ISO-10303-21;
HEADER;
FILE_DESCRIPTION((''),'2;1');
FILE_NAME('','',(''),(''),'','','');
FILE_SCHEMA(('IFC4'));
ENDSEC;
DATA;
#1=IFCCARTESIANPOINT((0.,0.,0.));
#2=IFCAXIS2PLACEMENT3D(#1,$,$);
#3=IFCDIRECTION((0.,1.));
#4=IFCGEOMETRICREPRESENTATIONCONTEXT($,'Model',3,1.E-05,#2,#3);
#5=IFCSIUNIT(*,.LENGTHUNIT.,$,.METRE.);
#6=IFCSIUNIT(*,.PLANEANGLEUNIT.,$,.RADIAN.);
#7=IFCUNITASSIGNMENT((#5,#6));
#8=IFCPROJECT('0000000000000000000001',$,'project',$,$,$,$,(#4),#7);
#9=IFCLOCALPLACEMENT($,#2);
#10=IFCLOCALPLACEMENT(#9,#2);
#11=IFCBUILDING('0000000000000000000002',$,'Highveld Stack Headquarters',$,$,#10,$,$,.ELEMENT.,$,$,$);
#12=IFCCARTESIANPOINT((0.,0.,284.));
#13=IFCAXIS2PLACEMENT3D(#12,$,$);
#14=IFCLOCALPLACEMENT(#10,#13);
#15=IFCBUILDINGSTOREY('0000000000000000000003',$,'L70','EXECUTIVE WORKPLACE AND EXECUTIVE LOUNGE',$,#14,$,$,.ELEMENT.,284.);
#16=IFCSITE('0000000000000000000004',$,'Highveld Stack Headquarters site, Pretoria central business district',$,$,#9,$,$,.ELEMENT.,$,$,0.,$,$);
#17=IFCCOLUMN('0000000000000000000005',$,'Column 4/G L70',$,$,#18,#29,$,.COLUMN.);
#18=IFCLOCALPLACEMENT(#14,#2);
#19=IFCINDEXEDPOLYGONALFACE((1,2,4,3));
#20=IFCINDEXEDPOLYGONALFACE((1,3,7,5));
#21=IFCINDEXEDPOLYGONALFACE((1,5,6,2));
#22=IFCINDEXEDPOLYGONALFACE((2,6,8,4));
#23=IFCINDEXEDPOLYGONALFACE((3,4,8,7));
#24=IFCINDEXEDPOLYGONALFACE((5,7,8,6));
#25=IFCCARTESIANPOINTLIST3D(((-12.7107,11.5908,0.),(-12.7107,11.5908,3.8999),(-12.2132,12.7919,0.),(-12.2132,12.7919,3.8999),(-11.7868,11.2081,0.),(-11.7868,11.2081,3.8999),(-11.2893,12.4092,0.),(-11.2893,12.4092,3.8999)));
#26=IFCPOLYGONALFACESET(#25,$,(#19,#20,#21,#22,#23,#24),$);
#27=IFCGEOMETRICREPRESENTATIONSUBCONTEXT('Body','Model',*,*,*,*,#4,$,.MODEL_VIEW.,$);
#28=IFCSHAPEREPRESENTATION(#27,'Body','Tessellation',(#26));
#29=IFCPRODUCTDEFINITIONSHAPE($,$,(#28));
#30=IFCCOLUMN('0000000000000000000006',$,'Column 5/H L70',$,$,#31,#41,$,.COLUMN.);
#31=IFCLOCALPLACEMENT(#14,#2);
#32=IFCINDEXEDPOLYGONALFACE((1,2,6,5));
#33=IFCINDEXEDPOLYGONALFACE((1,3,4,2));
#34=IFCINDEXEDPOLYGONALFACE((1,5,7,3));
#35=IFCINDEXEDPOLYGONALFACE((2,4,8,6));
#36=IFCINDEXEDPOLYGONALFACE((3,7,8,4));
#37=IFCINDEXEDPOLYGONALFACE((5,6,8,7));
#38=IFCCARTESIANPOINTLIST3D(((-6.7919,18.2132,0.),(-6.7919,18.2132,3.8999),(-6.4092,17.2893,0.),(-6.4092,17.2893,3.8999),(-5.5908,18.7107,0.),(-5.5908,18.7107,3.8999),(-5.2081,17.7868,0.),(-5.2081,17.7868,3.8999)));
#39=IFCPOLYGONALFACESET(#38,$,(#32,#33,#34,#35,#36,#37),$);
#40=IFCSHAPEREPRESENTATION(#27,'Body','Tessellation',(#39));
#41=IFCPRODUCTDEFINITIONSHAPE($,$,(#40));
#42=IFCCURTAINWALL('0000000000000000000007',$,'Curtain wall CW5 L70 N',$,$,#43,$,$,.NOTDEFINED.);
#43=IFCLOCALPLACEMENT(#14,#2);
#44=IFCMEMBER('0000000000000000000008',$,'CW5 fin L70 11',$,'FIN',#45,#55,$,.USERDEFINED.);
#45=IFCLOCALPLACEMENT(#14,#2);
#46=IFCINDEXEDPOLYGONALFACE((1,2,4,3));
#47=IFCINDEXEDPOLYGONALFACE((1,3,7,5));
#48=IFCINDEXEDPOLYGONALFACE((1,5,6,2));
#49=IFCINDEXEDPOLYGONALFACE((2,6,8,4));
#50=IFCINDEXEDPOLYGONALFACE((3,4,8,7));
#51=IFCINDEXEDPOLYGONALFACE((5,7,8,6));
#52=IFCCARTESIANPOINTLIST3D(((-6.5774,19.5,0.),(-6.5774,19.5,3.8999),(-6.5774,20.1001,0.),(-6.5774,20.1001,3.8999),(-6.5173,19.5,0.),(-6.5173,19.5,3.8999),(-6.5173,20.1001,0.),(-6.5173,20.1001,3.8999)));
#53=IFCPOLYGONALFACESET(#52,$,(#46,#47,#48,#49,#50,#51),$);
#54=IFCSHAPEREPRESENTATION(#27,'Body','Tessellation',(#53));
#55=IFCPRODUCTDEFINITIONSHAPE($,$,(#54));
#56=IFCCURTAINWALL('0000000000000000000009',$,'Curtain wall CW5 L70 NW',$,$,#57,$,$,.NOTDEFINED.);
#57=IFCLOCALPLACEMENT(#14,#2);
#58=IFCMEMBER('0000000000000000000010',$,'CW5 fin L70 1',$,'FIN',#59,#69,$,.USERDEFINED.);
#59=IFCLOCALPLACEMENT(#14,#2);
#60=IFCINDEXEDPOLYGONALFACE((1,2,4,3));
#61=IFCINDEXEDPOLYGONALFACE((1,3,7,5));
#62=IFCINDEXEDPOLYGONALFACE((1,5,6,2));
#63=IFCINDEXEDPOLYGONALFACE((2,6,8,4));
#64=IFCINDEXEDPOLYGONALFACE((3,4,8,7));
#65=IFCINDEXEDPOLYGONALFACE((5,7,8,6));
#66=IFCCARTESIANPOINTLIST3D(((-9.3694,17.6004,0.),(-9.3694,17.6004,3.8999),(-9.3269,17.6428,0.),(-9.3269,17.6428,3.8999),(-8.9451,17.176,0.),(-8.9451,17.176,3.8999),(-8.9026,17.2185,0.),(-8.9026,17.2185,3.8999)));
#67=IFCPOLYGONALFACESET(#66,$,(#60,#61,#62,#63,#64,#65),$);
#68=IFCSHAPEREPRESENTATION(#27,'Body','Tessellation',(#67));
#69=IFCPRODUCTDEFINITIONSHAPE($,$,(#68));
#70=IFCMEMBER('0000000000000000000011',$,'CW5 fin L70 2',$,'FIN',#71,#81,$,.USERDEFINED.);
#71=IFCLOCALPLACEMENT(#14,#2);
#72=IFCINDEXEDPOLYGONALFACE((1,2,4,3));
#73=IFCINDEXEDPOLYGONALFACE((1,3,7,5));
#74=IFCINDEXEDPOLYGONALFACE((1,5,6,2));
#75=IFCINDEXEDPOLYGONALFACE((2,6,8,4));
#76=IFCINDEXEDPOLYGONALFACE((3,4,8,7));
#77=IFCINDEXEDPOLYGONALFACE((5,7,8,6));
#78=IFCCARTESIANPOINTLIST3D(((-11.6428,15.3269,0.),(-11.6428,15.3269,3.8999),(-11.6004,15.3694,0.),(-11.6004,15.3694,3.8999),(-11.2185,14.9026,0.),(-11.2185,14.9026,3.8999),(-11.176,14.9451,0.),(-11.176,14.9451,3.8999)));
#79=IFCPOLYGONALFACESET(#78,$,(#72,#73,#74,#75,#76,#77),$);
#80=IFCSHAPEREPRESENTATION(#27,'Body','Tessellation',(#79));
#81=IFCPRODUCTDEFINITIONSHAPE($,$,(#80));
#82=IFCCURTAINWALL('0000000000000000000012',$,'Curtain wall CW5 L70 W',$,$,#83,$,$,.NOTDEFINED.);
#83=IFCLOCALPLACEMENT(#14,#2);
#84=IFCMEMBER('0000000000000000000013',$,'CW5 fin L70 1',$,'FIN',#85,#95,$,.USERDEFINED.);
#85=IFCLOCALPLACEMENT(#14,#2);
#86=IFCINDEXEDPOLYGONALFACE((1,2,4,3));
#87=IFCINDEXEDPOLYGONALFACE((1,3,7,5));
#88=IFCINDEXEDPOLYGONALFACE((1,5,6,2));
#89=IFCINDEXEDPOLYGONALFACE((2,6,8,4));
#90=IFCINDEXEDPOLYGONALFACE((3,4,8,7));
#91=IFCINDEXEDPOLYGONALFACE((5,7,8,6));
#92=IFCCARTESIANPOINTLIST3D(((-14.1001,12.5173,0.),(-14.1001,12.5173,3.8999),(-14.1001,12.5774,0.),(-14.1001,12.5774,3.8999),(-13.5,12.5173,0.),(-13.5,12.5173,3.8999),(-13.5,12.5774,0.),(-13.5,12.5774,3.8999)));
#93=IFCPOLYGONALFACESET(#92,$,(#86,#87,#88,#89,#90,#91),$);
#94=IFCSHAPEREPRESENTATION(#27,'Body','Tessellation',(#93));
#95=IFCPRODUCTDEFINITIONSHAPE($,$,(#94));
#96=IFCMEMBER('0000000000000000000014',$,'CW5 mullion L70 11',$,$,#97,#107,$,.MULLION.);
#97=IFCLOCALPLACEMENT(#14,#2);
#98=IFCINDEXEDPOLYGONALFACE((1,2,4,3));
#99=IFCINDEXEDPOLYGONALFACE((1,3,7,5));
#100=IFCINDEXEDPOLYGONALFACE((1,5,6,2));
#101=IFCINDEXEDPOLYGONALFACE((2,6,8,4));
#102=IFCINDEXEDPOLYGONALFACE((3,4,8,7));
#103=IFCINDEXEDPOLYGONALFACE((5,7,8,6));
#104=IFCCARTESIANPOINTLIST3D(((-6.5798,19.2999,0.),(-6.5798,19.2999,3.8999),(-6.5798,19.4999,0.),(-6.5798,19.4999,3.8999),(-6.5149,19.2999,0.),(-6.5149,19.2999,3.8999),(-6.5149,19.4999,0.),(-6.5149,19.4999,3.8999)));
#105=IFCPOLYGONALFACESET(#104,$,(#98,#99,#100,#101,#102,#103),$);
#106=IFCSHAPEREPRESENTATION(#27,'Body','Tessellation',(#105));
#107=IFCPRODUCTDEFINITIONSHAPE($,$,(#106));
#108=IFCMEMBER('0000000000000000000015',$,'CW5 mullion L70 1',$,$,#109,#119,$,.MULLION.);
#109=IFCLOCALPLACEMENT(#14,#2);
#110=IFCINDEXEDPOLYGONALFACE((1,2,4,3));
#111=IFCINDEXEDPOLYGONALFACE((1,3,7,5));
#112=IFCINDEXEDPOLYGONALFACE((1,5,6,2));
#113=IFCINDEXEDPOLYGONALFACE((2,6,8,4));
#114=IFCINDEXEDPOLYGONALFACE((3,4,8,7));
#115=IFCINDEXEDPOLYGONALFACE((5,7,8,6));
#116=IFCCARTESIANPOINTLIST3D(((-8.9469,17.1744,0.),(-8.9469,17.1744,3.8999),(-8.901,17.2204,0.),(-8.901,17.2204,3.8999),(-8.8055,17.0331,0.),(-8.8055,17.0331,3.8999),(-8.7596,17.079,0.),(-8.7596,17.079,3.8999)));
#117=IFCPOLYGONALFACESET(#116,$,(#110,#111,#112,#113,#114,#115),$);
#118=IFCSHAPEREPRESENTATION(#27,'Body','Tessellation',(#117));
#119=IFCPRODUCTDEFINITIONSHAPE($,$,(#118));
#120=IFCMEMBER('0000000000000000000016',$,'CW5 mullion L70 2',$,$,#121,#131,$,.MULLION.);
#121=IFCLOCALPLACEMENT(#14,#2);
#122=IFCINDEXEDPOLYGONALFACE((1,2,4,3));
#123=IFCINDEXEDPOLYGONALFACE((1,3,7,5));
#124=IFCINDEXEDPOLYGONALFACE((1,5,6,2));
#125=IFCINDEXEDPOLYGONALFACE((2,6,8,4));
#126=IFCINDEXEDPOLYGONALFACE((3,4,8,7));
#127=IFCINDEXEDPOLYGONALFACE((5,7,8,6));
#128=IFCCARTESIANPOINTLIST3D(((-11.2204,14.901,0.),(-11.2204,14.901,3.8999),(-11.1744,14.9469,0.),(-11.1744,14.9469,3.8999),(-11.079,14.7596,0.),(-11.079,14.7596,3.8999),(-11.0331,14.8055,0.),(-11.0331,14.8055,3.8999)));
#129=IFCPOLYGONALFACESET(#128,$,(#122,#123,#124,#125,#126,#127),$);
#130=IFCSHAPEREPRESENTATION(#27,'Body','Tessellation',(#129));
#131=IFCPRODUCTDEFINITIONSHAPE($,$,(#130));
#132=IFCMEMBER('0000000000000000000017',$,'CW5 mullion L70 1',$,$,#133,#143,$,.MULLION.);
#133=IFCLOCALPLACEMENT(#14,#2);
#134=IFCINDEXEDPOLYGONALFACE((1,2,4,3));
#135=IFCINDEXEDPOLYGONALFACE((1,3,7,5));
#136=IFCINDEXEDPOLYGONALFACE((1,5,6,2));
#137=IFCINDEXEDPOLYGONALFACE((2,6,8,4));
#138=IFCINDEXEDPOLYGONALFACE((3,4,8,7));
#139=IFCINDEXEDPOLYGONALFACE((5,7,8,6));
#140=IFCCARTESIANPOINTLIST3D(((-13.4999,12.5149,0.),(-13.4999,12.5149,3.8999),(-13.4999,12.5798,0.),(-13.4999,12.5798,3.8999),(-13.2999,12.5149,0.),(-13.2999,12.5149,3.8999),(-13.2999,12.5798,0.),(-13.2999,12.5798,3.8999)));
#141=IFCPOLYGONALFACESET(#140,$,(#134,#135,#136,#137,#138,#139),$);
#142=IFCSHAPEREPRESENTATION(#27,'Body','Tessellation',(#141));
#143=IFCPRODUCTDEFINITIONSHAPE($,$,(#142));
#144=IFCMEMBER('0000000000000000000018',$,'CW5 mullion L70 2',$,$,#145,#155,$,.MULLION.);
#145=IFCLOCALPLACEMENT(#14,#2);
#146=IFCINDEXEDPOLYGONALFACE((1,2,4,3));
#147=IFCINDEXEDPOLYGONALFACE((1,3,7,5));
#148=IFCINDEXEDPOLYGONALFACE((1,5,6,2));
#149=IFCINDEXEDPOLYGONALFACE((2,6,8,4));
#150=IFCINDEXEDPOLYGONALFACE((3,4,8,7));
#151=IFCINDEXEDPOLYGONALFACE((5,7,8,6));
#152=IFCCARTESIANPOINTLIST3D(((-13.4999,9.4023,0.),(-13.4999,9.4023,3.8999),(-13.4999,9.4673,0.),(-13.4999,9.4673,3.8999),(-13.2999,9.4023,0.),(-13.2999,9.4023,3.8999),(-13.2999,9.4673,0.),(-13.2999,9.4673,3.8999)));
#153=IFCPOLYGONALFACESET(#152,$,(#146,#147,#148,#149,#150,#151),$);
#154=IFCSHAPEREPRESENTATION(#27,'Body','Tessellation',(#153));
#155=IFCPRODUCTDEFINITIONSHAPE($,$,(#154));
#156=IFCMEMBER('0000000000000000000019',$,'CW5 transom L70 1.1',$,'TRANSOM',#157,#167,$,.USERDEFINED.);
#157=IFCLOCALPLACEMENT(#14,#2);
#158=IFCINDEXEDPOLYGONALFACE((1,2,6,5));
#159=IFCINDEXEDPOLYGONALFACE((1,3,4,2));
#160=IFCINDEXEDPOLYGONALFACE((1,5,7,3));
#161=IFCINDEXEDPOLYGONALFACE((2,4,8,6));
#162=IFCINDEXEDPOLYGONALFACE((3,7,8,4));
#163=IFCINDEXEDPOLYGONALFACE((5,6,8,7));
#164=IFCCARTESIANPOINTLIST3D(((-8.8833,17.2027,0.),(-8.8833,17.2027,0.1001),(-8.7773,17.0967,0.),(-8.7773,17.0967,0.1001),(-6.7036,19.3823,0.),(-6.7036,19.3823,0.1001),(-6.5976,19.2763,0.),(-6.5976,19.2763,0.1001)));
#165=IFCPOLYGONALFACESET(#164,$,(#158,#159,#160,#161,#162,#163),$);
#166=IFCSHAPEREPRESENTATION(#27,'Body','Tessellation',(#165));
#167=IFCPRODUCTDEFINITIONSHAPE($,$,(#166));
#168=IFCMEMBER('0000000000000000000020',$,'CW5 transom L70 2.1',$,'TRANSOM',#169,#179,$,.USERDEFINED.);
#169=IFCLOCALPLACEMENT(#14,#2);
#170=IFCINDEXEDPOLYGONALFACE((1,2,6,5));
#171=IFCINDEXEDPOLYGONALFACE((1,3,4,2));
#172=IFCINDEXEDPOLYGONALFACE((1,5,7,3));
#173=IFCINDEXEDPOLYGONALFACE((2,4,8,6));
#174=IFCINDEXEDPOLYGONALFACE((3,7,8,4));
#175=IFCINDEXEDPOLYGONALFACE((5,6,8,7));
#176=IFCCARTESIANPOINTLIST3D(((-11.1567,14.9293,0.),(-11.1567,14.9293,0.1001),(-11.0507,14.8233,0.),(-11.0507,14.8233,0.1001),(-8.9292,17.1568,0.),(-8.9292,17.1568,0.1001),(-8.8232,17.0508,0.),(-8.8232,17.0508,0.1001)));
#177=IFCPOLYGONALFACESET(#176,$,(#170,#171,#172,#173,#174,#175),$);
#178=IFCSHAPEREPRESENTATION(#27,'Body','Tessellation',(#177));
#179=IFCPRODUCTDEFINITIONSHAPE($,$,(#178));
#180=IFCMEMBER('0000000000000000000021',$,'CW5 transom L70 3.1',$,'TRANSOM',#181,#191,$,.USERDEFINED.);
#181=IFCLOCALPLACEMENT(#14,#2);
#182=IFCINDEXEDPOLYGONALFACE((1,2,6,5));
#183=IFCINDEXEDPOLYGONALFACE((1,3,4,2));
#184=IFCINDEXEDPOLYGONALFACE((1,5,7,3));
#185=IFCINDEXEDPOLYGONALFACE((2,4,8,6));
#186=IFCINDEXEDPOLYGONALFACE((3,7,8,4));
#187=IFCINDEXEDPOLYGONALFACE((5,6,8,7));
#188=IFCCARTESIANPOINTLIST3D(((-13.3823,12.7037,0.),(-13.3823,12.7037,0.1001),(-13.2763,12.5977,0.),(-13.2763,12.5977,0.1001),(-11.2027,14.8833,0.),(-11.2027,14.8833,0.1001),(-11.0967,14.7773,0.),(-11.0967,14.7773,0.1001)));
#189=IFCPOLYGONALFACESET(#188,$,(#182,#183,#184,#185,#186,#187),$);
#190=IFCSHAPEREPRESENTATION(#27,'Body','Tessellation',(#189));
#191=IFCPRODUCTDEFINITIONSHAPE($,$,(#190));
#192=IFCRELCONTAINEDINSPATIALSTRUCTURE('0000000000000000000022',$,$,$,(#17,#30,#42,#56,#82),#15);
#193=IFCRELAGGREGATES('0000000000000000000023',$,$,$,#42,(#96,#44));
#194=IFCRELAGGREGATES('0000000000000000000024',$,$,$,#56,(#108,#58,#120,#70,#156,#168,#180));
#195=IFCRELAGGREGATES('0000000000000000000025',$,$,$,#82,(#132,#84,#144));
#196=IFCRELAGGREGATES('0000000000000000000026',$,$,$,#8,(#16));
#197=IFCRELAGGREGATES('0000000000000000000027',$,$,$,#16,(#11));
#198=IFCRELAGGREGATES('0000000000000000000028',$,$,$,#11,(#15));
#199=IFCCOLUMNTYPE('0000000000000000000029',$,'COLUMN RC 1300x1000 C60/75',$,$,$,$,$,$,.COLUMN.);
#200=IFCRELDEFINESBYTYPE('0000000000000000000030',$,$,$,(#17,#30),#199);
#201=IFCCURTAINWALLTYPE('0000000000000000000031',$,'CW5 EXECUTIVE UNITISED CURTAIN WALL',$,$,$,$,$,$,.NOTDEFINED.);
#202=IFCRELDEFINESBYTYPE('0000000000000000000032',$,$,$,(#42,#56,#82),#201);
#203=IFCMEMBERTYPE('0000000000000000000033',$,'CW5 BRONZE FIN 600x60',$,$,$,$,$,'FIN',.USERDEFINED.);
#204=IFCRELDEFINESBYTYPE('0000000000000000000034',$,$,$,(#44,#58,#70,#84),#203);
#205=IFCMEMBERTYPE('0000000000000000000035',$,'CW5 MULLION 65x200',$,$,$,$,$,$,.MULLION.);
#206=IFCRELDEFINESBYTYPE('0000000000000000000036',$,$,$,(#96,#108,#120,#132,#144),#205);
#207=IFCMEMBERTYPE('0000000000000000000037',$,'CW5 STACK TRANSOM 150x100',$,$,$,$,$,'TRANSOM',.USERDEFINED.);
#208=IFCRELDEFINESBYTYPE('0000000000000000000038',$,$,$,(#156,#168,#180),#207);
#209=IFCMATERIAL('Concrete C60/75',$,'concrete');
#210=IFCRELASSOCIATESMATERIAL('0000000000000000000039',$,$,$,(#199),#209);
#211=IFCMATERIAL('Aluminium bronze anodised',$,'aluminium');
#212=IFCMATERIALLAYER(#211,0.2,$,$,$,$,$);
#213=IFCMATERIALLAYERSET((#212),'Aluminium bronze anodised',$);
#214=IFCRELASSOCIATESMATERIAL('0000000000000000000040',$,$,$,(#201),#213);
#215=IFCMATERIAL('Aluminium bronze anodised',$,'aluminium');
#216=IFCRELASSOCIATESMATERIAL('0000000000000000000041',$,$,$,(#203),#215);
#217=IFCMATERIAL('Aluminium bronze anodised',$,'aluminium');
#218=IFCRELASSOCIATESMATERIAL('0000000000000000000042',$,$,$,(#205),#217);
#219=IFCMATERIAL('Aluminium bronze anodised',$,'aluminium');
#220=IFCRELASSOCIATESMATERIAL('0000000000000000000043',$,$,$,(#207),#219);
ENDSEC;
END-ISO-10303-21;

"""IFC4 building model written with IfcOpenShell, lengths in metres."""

from ifc_helpers import new_model, si_unit, direction, frame, origin, origin_2d, place, context, subcontext, project, spatial, rectangle, extrude, material, layer, layer_set, material_profile, profile_set, type_object, element, aggregate, save


model = new_model("IFC4")

# Units and contexts
model_context = context("Model", 3, precision=1e-05, world=origin(), true_north=direction((0.0, 1.0)))
body_context = subcontext(model_context, "Body", "Model", "MODEL_VIEW")
ifc_project = project(units=[si_unit("LENGTHUNIT", "METRE"), si_unit("PLANEANGLEUNIT", "RADIAN")], contexts=[model_context])

# Site, building, storey
site_placement = place(None, origin())
site = spatial("IfcSite", under=ifc_project, at=site_placement, Name="Highveld Stack Headquarters site, Pretoria central business district", CompositionType="ELEMENT", RefElevation=0.0)
building_placement = place(site_placement, origin())
building = spatial("IfcBuilding", under=site, at=building_placement, Name="Highveld Stack Headquarters", CompositionType="ELEMENT")
storey_placement = place(building_placement, frame((0.0, 0.0, 284.0)))
storey = spatial("IfcBuildingStorey", under=building, at=storey_placement, Name="L70", Description="EXECUTIVE WORKPLACE AND EXECUTIVE LOUNGE", CompositionType="ELEMENT", Elevation=284.0)

# Columns
ifc_material_1 = material(Name="Concrete C60/75", Category="concrete")
ifc_material_profile_1 = material_profile(ifc_material_1, rectangle(XDim=1.3, YDim=1.0, at=origin_2d()), Name="RC 1300x1000")
ifc_profile_set_1 = profile_set([ifc_material_profile_1], Name="Concrete C60/75")
column_type = type_object("IfcColumnType", Name="COLUMN RC 1300x1000 C60/75", PredefinedType="COLUMN", material=ifc_profile_set_1)
for number, where, z_axis, x_axis, name in (
    (1, (-12.0, 12.0, 0.0), (0.0, 0.0, 1.0), (0.382683, 0.92388, 0.0), "Column 4/G L70"),
    (2, (-6.0, 18.0, 0.0), (0.0, 0.0, 1.0), (0.92388, 0.382683, 0.0), "Column 5/H L70"),
):
    element("IfcColumn", number, at=place(storey_placement, frame(where, z_axis=z_axis, x_axis=x_axis)), inside=storey, type_object=column_type, Name=name, PredefinedType="COLUMN", context=body_context, shape_type="SweptSolid", body=[
        extrude(rectangle(XDim=1.3, YDim=1.0, at=origin_2d()), origin(), (0.0, 0.0, 1.0), 3.8999),
    ])

# Curtain wall, member
ifc_material_2 = material(Name="Aluminium bronze anodised", Category="aluminium")
ifc_layer_1 = layer(ifc_material_2, 0.2)
ifc_layer_set_1 = layer_set([ifc_layer_1], Name="Aluminium bronze anodised")
curtain_wall_type = type_object("IfcCurtainWallType", Name="CW5 EXECUTIVE UNITISED CURTAIN WALL", PredefinedType="NOTDEFINED", material=ifc_layer_set_1)
curtain_wall_1_placement = place(storey_placement, origin())
curtain_wall_1 = element("IfcCurtainWall", 3, at=curtain_wall_1_placement, inside=storey, type_object=curtain_wall_type, Name="Curtain wall CW5 L70 N", PredefinedType="NOTDEFINED")
ifc_material_3 = material(Name="Aluminium bronze anodised", Category="aluminium")
ifc_material_profile_2 = material_profile(ifc_material_3, rectangle(XDim=0.6001, YDim=0.0601, at=origin_2d()), Name="FIN 600x60")
ifc_profile_set_2 = profile_set([ifc_material_profile_2], Name="Aluminium bronze anodised")
member_type_1 = type_object("IfcMemberType", Name="CW5 BRONZE FIN 600x60", ElementType="FIN", PredefinedType="USERDEFINED", material=ifc_profile_set_2)
member_1_placement = place(storey_placement, frame((-6.5474, 19.8, 0.0), z_axis=(0.0, 0.0, 1.0), x_axis=(0.0, -1.0, 0.0)))
member_1 = element("IfcMember", 4, at=member_1_placement, type_object=member_type_1, Name="CW5 fin L70 11", ObjectType="FIN", PredefinedType="USERDEFINED", context=body_context, shape_type="SweptSolid", body=[
    extrude(rectangle(XDim=0.6001, YDim=0.0601, at=origin_2d()), origin(), (0.0, 0.0, 1.0), 3.8999),
])

# Curtain wall, members
curtain_wall_2_placement = place(storey_placement, origin())
curtain_wall_2 = element("IfcCurtainWall", 5, at=curtain_wall_2_placement, inside=storey, type_object=curtain_wall_type, Name="Curtain wall CW5 L70 NW", PredefinedType="NOTDEFINED")
member_2_placement = place(storey_placement, frame((-9.136, 17.4094, 0.0), z_axis=(0.0, 0.0, 1.0), x_axis=(0.707107, -0.707107, 0.0)))
member_2 = element("IfcMember", 6, at=member_2_placement, type_object=member_type_1, Name="CW5 fin L70 1", ObjectType="FIN", PredefinedType="USERDEFINED", context=body_context, shape_type="SweptSolid", body=[
    extrude(rectangle(XDim=0.6001, YDim=0.0601, at=origin_2d()), origin(), (0.0, 0.0, 1.0), 3.8999),
])
member_3_placement = place(storey_placement, frame((-11.4094, 15.136, 0.0), z_axis=(0.0, 0.0, 1.0), x_axis=(0.707107, -0.707107, 0.0)))
member_3 = element("IfcMember", 7, at=member_3_placement, type_object=member_type_1, Name="CW5 fin L70 2", ObjectType="FIN", PredefinedType="USERDEFINED", context=body_context, shape_type="SweptSolid", body=[
    extrude(rectangle(XDim=0.6001, YDim=0.0601, at=origin_2d()), origin(), (0.0, 0.0, 1.0), 3.8999),
])

# Curtain wall, member
curtain_wall_3_placement = place(storey_placement, origin())
curtain_wall_3 = element("IfcCurtainWall", 8, at=curtain_wall_3_placement, inside=storey, type_object=curtain_wall_type, Name="Curtain wall CW5 L70 W", PredefinedType="NOTDEFINED")
member_4_placement = place(storey_placement, frame((-13.8, 12.5474, 0.0), z_axis=(0.0, 0.0, 1.0), x_axis=(1.0, 0.0, 0.0)))
member_4 = element("IfcMember", 9, at=member_4_placement, type_object=member_type_1, Name="CW5 fin L70 1", ObjectType="FIN", PredefinedType="USERDEFINED", context=body_context, shape_type="SweptSolid", body=[
    extrude(rectangle(XDim=0.6001, YDim=0.0601, at=origin_2d()), origin(), (0.0, 0.0, 1.0), 3.8999),
])

# Members
ifc_material_4 = material(Name="Aluminium bronze anodised", Category="aluminium")
ifc_material_profile_3 = material_profile(ifc_material_4, rectangle(XDim=0.2, YDim=0.0649, at=origin_2d()), Name="CW5 MULLION 65x200")
ifc_profile_set_3 = profile_set([ifc_material_profile_3], Name="Aluminium bronze anodised")
member_type_2 = type_object("IfcMemberType", Name="CW5 MULLION 65x200", PredefinedType="MULLION", material=ifc_profile_set_3)
member_5_placement = place(storey_placement, frame((-6.5474, 19.3999, 0.0), z_axis=(0.0, 0.0, 1.0), x_axis=(0.0, -1.0, 0.0)))
member_5 = element("IfcMember", 10, at=member_5_placement, type_object=member_type_2, Name="CW5 mullion L70 11", PredefinedType="MULLION", context=body_context, shape_type="SweptSolid", body=[
    extrude(rectangle(XDim=0.2, YDim=0.0649, at=origin_2d()), origin(), (0.0, 0.0, 1.0), 3.8999),
])
aggregate(curtain_wall_1, [member_5, member_1])
member_6_placement = place(storey_placement, frame((-8.8533, 17.1267, 0.0), z_axis=(0.0, 0.0, 1.0), x_axis=(0.707107, -0.707107, 0.0)))
member_6 = element("IfcMember", 11, at=member_6_placement, type_object=member_type_2, Name="CW5 mullion L70 1", PredefinedType="MULLION", context=body_context, shape_type="SweptSolid", body=[
    extrude(rectangle(XDim=0.2, YDim=0.0649, at=origin_2d()), origin(), (0.0, 0.0, 1.0), 3.8999),
])
member_7_placement = place(storey_placement, frame((-11.1267, 14.8533, 0.0), z_axis=(0.0, 0.0, 1.0), x_axis=(0.707107, -0.707107, 0.0)))
member_7 = element("IfcMember", 12, at=member_7_placement, type_object=member_type_2, Name="CW5 mullion L70 2", PredefinedType="MULLION", context=body_context, shape_type="SweptSolid", body=[
    extrude(rectangle(XDim=0.2, YDim=0.0649, at=origin_2d()), origin(), (0.0, 0.0, 1.0), 3.8999),
])
member_8_placement = place(storey_placement, frame((-13.3999, 12.5474, 0.0), z_axis=(0.0, 0.0, 1.0), x_axis=(1.0, 0.0, 0.0)))
member_8 = element("IfcMember", 13, at=member_8_placement, type_object=member_type_2, Name="CW5 mullion L70 1", PredefinedType="MULLION", context=body_context, shape_type="SweptSolid", body=[
    extrude(rectangle(XDim=0.2, YDim=0.0649, at=origin_2d()), origin(), (0.0, 0.0, 1.0), 3.8999),
])
member_9_placement = place(storey_placement, frame((-13.3999, 9.4348, 0.0), z_axis=(0.0, 0.0, 1.0), x_axis=(1.0, 0.0, 0.0)))
member_9 = element("IfcMember", 14, at=member_9_placement, type_object=member_type_2, Name="CW5 mullion L70 2", PredefinedType="MULLION", context=body_context, shape_type="SweptSolid", body=[
    extrude(rectangle(XDim=0.2, YDim=0.0649, at=origin_2d()), origin(), (0.0, 0.0, 1.0), 3.8999),
])
ifc_material_5 = material(Name="Aluminium bronze anodised", Category="aluminium")
ifc_material_profile_4 = material_profile(ifc_material_5, rectangle(XDim=0.1499, YDim=0.1001, at=origin_2d()), Name="CW5 TRANSOM 150x100")
ifc_profile_set_4 = profile_set([ifc_material_profile_4], Name="Aluminium bronze anodised")
member_type_3 = type_object("IfcMemberType", Name="CW5 STACK TRANSOM 150x100", ElementType="TRANSOM", PredefinedType="USERDEFINED", material=ifc_profile_set_4)
member_10_placement = place(storey_placement, frame((-6.6506, 19.3293, 0.05), z_axis=(-0.707107, -0.707107, 0.0), x_axis=(0.707107, -0.707107, 0.0)))
member_10 = element("IfcMember", 15, at=member_10_placement, type_object=member_type_3, Name="CW5 transom L70 1.1", ObjectType="TRANSOM", PredefinedType="USERDEFINED", context=body_context, shape_type="SweptSolid", body=[
    extrude(rectangle(XDim=0.1499, YDim=0.1001, at=origin_2d()), origin(), (0.0, 0.0, 1.0), 3.0825),
])
member_11_placement = place(storey_placement, frame((-8.8762, 17.1038, 0.05), z_axis=(-0.707107, -0.707107, 0.0), x_axis=(0.707107, -0.707107, 0.0)))
member_11 = element("IfcMember", 16, at=member_11_placement, type_object=member_type_3, Name="CW5 transom L70 2.1", ObjectType="TRANSOM", PredefinedType="USERDEFINED", context=body_context, shape_type="SweptSolid", body=[
    extrude(rectangle(XDim=0.1499, YDim=0.1001, at=origin_2d()), origin(), (0.0, 0.0, 1.0), 3.1501),
])
member_12_placement = place(storey_placement, frame((-11.1497, 14.8303, 0.05), z_axis=(-0.707107, -0.707107, 0.0), x_axis=(0.707107, -0.707107, 0.0)))
member_12 = element("IfcMember", 17, at=member_12_placement, type_object=member_type_3, Name="CW5 transom L70 3.1", ObjectType="TRANSOM", PredefinedType="USERDEFINED", context=body_context, shape_type="SweptSolid", body=[
    extrude(rectangle(XDim=0.1499, YDim=0.1001, at=origin_2d()), origin(), (0.0, 0.0, 1.0), 3.0825),
])

aggregate(curtain_wall_2, [member_6, member_2, member_7, member_3, member_10, member_11, member_12])
aggregate(curtain_wall_3, [member_8, member_4, member_9])

save(model, "model.ifc")
